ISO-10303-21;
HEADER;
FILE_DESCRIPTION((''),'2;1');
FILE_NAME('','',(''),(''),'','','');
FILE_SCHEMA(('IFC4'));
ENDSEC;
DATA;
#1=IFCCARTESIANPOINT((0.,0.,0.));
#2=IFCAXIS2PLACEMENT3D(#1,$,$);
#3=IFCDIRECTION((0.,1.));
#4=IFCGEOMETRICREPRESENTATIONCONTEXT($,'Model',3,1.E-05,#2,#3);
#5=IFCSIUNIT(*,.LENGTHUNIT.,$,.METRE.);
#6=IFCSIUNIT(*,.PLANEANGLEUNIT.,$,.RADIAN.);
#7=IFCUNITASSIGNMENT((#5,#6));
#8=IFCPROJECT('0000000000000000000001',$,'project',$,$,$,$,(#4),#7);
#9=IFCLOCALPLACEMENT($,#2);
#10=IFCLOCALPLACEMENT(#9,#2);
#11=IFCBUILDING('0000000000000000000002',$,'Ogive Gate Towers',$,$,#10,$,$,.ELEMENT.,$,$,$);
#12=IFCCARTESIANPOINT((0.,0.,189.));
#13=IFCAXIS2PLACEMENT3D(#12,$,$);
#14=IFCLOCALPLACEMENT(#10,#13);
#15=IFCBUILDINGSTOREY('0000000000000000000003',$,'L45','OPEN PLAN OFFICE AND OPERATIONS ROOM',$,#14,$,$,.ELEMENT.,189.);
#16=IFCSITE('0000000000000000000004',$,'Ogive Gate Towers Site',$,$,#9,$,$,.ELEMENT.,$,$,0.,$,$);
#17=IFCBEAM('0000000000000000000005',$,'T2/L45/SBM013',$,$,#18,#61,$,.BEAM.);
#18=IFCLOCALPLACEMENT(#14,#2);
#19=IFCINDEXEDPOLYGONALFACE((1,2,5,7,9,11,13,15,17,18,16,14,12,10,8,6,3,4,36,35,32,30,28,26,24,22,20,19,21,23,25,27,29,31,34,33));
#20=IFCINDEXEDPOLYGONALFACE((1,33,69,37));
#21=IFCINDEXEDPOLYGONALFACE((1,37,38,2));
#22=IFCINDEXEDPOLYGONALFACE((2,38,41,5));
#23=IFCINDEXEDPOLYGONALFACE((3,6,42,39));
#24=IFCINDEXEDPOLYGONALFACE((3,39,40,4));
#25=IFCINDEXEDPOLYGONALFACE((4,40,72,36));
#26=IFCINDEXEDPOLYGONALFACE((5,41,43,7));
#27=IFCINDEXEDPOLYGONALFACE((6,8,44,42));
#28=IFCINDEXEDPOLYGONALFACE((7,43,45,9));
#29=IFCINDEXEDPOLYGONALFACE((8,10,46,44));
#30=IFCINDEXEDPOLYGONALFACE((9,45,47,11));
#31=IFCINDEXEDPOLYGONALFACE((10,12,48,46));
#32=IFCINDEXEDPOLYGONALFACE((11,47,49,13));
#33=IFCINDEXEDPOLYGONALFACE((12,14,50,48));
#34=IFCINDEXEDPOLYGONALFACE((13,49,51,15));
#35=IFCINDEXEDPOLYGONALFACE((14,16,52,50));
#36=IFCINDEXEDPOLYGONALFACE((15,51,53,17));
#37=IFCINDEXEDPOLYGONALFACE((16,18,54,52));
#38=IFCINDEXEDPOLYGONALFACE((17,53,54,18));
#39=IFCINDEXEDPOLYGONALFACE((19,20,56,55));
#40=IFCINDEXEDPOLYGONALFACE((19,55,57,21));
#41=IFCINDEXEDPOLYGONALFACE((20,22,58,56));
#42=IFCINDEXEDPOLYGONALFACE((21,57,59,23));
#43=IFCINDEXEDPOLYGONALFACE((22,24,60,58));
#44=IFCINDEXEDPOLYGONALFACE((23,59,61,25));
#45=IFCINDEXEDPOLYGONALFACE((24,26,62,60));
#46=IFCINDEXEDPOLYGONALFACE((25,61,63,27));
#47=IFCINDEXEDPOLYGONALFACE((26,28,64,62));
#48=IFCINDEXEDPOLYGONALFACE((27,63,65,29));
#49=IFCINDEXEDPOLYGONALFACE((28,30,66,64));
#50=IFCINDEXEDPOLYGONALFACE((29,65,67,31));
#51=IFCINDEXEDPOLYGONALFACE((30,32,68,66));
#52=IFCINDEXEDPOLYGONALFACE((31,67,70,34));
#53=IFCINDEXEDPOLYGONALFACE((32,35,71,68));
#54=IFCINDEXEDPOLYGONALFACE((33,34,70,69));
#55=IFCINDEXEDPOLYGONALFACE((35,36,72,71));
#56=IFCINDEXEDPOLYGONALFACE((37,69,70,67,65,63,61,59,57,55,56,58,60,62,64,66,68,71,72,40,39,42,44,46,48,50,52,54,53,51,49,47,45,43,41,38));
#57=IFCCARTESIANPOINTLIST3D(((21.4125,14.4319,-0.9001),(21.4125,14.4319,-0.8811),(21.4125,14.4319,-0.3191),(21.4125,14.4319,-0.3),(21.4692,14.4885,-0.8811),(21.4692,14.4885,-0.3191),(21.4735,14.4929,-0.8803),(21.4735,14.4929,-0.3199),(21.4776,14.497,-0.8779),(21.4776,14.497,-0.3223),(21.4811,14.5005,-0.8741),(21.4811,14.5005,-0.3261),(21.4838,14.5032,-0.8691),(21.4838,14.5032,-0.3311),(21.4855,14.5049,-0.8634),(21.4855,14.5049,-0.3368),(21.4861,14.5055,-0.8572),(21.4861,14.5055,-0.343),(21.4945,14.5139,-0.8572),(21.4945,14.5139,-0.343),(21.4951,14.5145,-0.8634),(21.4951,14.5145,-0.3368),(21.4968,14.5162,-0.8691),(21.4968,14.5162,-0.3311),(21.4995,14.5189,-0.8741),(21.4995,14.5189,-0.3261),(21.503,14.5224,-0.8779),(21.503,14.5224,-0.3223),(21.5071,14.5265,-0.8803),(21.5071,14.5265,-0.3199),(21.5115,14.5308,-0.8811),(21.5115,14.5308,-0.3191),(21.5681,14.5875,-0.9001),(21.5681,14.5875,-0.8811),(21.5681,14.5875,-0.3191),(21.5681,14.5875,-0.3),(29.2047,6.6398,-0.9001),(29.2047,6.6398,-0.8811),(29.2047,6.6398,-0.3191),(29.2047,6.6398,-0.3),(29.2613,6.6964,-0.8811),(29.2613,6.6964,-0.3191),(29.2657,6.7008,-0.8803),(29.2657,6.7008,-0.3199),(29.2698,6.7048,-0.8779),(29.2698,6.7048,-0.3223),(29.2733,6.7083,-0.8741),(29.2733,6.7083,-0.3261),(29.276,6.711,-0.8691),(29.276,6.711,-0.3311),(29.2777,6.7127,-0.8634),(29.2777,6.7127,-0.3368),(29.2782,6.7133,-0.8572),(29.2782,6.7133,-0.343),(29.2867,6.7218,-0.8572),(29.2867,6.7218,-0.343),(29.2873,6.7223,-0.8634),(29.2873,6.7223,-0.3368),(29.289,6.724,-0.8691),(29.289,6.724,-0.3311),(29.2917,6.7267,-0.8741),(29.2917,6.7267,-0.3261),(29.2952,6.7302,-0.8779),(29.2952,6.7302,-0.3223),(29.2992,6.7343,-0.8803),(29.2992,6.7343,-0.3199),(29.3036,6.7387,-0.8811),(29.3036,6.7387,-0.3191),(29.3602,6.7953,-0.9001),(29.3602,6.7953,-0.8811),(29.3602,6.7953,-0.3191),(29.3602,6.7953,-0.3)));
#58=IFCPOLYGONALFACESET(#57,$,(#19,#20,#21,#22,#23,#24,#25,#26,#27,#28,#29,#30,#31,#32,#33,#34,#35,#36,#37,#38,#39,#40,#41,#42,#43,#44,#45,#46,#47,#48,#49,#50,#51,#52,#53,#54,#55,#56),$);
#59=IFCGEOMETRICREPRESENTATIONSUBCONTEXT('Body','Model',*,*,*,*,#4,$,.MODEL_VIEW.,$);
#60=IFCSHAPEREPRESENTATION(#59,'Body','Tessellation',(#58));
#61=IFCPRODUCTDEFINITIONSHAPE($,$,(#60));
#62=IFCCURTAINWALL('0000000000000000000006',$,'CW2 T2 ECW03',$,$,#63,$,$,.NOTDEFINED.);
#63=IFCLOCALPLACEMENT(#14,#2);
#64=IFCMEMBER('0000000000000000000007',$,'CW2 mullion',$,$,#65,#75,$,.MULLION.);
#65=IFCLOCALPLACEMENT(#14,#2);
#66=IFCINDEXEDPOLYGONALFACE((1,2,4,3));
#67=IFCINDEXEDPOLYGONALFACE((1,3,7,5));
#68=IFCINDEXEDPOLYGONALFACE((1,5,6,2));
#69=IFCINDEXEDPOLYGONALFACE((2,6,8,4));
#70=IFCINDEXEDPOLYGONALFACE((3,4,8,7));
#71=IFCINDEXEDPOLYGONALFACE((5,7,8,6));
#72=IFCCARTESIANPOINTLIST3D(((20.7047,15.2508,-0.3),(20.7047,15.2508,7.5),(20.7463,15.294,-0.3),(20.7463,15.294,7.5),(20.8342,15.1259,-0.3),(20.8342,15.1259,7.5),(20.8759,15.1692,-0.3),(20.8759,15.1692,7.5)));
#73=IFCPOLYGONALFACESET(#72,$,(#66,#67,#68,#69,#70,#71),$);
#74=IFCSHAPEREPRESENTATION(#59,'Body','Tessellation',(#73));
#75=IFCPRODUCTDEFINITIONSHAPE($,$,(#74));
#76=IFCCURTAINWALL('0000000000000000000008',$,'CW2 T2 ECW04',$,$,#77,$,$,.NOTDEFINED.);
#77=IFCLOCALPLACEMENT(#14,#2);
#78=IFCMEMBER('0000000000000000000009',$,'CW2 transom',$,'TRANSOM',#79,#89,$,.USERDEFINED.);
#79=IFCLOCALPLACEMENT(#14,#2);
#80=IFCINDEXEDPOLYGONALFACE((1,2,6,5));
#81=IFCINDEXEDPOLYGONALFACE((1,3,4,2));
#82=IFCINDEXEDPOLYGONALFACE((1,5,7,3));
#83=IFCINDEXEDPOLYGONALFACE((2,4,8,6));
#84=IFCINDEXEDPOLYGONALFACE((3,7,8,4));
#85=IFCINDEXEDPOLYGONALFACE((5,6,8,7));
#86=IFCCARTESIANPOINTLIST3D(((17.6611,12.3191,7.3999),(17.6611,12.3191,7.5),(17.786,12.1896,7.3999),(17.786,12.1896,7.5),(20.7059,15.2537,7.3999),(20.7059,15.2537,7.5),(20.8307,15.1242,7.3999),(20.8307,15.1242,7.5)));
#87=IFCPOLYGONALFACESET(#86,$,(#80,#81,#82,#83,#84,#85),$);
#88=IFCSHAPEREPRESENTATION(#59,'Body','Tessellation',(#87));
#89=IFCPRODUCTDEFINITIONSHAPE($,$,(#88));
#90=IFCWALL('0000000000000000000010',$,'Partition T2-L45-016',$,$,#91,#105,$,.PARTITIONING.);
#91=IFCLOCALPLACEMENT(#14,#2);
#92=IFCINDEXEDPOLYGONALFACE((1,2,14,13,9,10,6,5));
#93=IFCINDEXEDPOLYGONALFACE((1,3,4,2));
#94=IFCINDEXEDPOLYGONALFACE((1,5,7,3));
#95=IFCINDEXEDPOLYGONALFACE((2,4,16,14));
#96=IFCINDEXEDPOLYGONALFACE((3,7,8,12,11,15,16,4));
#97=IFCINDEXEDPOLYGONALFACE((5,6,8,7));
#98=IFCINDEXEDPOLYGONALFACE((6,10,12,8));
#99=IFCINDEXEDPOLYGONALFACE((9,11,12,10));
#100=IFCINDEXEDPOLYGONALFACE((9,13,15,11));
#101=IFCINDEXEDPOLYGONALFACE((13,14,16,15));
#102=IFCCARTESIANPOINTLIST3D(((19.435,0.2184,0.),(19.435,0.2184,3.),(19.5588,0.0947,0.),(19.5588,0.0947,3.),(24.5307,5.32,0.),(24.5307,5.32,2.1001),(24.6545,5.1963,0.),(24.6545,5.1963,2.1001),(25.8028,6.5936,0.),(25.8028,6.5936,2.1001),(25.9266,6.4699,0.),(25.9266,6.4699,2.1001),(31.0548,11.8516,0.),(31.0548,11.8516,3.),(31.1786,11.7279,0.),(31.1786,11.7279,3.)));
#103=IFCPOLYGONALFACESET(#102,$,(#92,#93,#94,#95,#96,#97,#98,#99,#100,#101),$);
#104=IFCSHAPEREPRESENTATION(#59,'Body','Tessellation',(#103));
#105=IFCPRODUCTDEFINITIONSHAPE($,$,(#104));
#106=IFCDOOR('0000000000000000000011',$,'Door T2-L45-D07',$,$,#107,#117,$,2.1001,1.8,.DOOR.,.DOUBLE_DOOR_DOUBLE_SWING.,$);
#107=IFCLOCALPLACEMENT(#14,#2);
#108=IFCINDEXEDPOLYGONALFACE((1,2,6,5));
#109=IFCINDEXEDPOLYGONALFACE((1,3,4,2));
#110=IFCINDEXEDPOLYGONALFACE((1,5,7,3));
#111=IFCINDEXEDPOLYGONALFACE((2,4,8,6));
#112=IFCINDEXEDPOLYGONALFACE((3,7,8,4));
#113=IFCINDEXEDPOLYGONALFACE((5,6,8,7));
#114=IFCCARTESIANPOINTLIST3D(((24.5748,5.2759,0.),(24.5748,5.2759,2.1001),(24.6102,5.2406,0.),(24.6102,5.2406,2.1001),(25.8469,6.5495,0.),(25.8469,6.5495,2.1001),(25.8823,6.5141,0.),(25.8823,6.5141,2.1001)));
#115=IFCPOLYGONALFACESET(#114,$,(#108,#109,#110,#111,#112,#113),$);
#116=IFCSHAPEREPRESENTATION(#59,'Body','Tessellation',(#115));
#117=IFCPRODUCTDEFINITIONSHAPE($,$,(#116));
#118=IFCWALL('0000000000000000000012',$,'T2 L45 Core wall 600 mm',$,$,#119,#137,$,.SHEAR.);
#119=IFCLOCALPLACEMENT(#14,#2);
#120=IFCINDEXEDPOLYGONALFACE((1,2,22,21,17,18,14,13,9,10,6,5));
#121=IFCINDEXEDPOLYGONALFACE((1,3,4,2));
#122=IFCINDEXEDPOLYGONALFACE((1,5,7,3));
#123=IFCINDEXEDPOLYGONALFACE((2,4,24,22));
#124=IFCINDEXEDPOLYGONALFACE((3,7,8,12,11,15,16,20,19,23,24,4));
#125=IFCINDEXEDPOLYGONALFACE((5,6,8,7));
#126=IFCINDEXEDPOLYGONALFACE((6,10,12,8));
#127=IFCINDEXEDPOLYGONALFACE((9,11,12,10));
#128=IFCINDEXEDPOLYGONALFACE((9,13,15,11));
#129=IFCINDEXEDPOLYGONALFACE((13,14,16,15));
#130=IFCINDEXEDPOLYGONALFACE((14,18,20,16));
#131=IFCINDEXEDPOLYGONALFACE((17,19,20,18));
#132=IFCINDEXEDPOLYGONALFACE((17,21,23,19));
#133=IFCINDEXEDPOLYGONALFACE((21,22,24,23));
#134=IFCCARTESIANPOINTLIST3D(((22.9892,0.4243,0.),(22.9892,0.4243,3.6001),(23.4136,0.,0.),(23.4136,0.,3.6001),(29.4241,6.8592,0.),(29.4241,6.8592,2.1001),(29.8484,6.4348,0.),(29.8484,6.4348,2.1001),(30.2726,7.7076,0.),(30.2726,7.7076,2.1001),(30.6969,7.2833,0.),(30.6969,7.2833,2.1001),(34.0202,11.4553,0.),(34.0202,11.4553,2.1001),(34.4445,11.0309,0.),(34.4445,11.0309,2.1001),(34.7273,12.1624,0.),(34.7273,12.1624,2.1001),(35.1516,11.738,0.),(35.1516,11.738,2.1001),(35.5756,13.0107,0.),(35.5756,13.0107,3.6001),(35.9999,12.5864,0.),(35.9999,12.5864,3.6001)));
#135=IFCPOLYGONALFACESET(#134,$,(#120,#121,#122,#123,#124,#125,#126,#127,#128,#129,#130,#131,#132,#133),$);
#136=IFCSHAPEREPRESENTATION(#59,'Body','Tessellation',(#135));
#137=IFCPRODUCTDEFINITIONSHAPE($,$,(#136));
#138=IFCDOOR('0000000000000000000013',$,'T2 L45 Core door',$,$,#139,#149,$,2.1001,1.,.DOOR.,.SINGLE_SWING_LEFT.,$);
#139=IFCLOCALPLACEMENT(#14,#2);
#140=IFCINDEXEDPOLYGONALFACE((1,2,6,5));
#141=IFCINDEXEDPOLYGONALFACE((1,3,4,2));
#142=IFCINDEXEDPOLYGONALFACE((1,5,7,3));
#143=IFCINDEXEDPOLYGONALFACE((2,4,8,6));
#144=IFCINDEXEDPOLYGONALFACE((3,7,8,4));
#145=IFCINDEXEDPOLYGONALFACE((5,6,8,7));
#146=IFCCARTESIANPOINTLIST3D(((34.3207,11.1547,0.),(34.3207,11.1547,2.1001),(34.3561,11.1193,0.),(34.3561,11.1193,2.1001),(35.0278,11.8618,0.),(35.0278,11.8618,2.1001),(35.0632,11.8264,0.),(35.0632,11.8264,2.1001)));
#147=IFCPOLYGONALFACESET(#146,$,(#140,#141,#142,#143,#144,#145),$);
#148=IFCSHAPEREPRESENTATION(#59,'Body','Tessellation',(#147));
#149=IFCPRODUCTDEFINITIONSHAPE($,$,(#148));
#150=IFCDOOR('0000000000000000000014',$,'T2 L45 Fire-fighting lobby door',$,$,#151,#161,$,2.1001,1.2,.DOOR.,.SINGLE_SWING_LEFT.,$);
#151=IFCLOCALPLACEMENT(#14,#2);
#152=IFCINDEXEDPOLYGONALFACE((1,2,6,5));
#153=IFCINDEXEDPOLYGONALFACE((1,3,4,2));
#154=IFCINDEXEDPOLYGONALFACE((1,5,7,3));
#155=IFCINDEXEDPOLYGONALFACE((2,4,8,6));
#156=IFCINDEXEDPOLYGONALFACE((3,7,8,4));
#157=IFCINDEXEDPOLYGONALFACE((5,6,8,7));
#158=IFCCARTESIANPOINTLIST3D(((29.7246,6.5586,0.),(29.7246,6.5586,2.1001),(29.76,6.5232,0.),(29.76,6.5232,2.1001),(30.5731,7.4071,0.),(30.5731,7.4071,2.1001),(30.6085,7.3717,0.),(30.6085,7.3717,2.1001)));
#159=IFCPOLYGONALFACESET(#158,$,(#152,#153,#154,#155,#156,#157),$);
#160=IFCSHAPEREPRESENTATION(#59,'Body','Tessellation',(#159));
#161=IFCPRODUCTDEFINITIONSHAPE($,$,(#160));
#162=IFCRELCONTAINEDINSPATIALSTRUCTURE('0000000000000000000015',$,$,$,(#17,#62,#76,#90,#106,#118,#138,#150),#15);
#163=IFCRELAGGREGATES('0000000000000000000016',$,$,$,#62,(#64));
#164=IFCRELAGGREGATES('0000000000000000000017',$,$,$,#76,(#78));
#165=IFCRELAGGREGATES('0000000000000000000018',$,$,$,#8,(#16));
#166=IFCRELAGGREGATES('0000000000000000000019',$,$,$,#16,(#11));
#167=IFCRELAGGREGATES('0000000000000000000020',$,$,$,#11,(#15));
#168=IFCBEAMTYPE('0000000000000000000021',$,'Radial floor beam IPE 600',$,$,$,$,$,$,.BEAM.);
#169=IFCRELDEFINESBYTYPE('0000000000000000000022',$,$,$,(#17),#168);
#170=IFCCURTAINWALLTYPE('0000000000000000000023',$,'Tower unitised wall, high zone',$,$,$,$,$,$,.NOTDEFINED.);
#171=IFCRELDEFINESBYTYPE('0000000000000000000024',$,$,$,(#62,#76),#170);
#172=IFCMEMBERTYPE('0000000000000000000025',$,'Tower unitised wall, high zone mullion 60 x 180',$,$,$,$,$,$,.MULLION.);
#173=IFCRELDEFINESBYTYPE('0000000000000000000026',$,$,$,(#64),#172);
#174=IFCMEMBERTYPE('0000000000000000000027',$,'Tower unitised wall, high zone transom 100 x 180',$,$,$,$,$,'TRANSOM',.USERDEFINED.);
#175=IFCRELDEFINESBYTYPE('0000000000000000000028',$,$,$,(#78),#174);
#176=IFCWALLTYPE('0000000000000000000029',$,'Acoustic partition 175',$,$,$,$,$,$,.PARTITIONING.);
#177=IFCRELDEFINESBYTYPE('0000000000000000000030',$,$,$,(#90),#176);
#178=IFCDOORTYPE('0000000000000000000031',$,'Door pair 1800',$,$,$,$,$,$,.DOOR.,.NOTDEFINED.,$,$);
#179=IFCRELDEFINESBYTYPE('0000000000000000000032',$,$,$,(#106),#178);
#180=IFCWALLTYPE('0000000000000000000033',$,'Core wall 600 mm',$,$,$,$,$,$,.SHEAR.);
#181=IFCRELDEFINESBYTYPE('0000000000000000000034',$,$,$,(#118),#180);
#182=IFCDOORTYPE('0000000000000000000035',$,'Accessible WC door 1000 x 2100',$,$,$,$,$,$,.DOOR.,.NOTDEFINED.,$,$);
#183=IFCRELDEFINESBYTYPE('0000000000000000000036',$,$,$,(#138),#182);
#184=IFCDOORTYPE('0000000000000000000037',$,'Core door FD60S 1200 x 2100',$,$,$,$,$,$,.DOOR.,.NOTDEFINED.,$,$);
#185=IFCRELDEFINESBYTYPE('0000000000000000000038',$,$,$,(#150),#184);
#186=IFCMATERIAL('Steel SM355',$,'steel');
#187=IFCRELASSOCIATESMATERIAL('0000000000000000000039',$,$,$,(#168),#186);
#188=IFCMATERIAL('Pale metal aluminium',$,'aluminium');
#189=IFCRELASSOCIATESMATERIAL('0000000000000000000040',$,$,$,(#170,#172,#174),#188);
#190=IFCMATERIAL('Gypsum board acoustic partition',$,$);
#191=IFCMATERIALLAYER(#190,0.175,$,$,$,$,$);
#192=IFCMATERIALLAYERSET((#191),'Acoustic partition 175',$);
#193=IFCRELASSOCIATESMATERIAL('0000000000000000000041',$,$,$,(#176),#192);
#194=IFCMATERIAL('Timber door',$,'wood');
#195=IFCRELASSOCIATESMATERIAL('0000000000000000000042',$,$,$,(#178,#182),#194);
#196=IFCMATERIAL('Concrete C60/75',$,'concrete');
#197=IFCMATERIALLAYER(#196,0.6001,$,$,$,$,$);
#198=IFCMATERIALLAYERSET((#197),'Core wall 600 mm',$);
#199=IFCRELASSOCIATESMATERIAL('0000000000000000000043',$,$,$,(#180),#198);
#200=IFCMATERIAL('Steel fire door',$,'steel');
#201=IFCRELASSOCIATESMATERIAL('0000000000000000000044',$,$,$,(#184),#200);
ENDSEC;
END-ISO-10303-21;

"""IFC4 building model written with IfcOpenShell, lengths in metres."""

from ifc_helpers import new_model, si_unit, direction, frame, frame_2d, origin, origin_2d, place, context, subcontext, project, spatial, rectangle, i_section, extrude, material, layer, layer_set, material_profile, profile_set, type_object, element, fill, aggregate, save


model = new_model("IFC4")

# Units and contexts
model_context = context("Model", 3, precision=1e-05, world=origin(), true_north=direction((0.0, 1.0)))
body_context = subcontext(model_context, "Body", "Model", "MODEL_VIEW")
ifc_project = project(units=[si_unit("LENGTHUNIT", "METRE"), si_unit("PLANEANGLEUNIT", "RADIAN")], contexts=[model_context])

# Site, building, storey
site_placement = place(None, origin())
site = spatial("IfcSite", under=ifc_project, at=site_placement, Name="Ogive Gate Towers Site", CompositionType="ELEMENT", RefElevation=0.0)
building_placement = place(site_placement, origin())
building = spatial("IfcBuilding", under=site, at=building_placement, Name="Ogive Gate Towers", CompositionType="ELEMENT")
storey_placement = place(building_placement, frame((0.0, 0.0, 189.0)))
storey = spatial("IfcBuildingStorey", under=building, at=storey_placement, Name="L45", Description="OPEN PLAN OFFICE AND OPERATIONS ROOM", CompositionType="ELEMENT", Elevation=189.0)

# Beam
ifc_material_1 = material(Name="Steel SM355", Category="steel")
ifc_material_profile_1 = material_profile(ifc_material_1, i_section(OverallWidth=0.22, OverallDepth=0.6001, WebThickness=0.012, FlangeThickness=0.019, FilletRadius=0.0239, at=origin_2d()), Name="IPE 600")
ifc_profile_set_1 = profile_set([ifc_material_profile_1], Name="Steel SM355")
beam_type_1 = type_object("IfcBeamType", Name="Radial floor beam IPE 600", PredefinedType="BEAM", material=ifc_profile_set_1)
beam_1_placement = place(storey_placement, frame((29.2825, 6.7175, -0.6001), z_axis=(-0.707107, 0.707107, 0.0), x_axis=(-0.707107, -0.707107, 0.0)))
element("IfcBeam", 1, at=beam_1_placement, inside=storey, type_object=beam_type_1, Name="T2/L45/SBM013", PredefinedType="BEAM", context=body_context, shape_type="SweptSolid", body=[
    extrude(i_section(OverallWidth=0.22, OverallDepth=0.6001, WebThickness=0.012, FlangeThickness=0.019, FilletRadius=0.0239, at=origin_2d()), origin(), (0.0, 0.0, 1.0), 11.0198),
])

# Curtain walls, members
ifc_material_2 = material(Name="Pale metal aluminium", Category="aluminium")
curtain_wall_type = type_object("IfcCurtainWallType", Name="Tower unitised wall, high zone", PredefinedType="NOTDEFINED", material=ifc_material_2)
curtain_wall_1_placement = place(storey_placement, origin())
curtain_wall_1 = element("IfcCurtainWall", 2, at=curtain_wall_1_placement, inside=storey, type_object=curtain_wall_type, Name="CW2 T2 ECW03", PredefinedType="NOTDEFINED")
ifc_material_profile_2 = material_profile(ifc_material_2, rectangle(XDim=0.1799, YDim=0.0601, at=origin_2d()), Name="60 x 180 aluminium box")
ifc_profile_set_2 = profile_set([ifc_material_profile_2], Name="Pale metal aluminium")
member_type_1 = type_object("IfcMemberType", Name="Tower unitised wall, high zone mullion 60 x 180", PredefinedType="MULLION", material=ifc_profile_set_2)
member_1_placement = place(storey_placement, frame((20.7903, 15.21, -0.3), z_axis=(0.0, 0.0, 1.0), x_axis=(-0.720031, 0.693942, 0.0)))
member_1 = element("IfcMember", 3, at=member_1_placement, type_object=member_type_1, Name="CW2 mullion", PredefinedType="MULLION", context=body_context, shape_type="SweptSolid", body=[
    extrude(rectangle(XDim=0.1799, YDim=0.0601, at=origin_2d()), origin(), (0.0, 0.0, 1.0), 7.8),
])
aggregate(curtain_wall_1, [member_1])
curtain_wall_2_placement = place(storey_placement, origin())
curtain_wall_2 = element("IfcCurtainWall", 4, at=curtain_wall_2_placement, inside=storey, type_object=curtain_wall_type, Name="CW2 T2 ECW04", PredefinedType="NOTDEFINED")
ifc_material_profile_3 = material_profile(ifc_material_2, rectangle(XDim=0.1799, YDim=0.1001, at=origin_2d()), Name="100 x 180 aluminium box")
ifc_profile_set_3 = profile_set([ifc_material_profile_3], Name="Pale metal aluminium")
member_type_2 = type_object("IfcMemberType", Name="Tower unitised wall, high zone transom 100 x 180", ElementType="TRANSOM", PredefinedType="USERDEFINED", material=ifc_profile_set_3)
member_2_placement = place(storey_placement, frame((20.7683, 15.189, 7.45), z_axis=(-0.720006, -0.693968, 0.0), x_axis=(0.693968, -0.720006, 0.0)))
member_2 = element("IfcMember", 5, at=member_2_placement, type_object=member_type_2, Name="CW2 transom", ObjectType="TRANSOM", PredefinedType="USERDEFINED", context=body_context, shape_type="SweptSolid", body=[
    extrude(rectangle(XDim=0.1799, YDim=0.1001, at=origin_2d()), origin(), (0.0, 0.0, 1.0), 4.2288),
])
aggregate(curtain_wall_2, [member_2])

# Wall, opening, door
ifc_material_3 = material(Name="Gypsum board acoustic partition")
ifc_layer_1 = layer(ifc_material_3, 0.175)
ifc_layer_set_1 = layer_set([ifc_layer_1], Name="Acoustic partition 175")
wall_type_1 = type_object("IfcWallType", Name="Acoustic partition 175", PredefinedType="PARTITIONING", material=ifc_layer_set_1)
wall_1_placement = place(storey_placement, frame((31.1167, 11.7898, 0.0), z_axis=(0.0, 0.0, 1.0), x_axis=(-0.706698, -0.707515, 0.0)))
wall_1 = element("IfcWall", 6, at=wall_1_placement, inside=storey, type_object=wall_type_1, Name="Partition T2-L45-016", PredefinedType="PARTITIONING", context=body_context, shape_type="SweptSolid", body=[
    extrude(rectangle(XDim=16.4424, YDim=0.175, at=frame_2d((8.2212, 0.0))), origin(), (0.0, 0.0, 1.0), 3.0),
])
opening_1_placement = place(wall_1_placement, frame((7.4319, 0.0, 0.0)))
opening_1 = element("IfcOpeningElement", 7, at=opening_1_placement, cuts=wall_1, PredefinedType="OPENING", context=body_context, shape_type="SweptSolid", body=[
    extrude(rectangle(XDim=1.8, YDim=2.1001, at=frame_2d((0.8999, 1.05))), frame((0.0, 0.0977, 0.0), z_axis=(0.0, -1.0, 0.0), x_axis=(1.0, 0.0, 0.0)), (0.0, 0.0, 1.0), 0.1951),
])
ifc_material_4 = material(Name="Timber door", Category="wood")
door_type_1 = type_object("IfcDoorType", Name="Door pair 1800", OperationType="NOTDEFINED", PredefinedType="DOOR", material=ifc_material_4)
door_1_placement = place(opening_1_placement, origin())
door_1 = element("IfcDoor", 8, at=door_1_placement, inside=storey, type_object=door_type_1, Name="Door T2-L45-D07", OperationType="DOUBLE_DOOR_DOUBLE_SWING", OverallHeight=2.1001, OverallWidth=1.8, PredefinedType="DOOR", context=body_context, shape_type="SweptSolid", body=[
    extrude(rectangle(XDim=1.8, YDim=2.1001, at=frame_2d((0.8999, 1.05))), frame((0.0, 0.0249, 0.0), z_axis=(0.0, -1.0, 0.0), x_axis=(1.0, 0.0, 0.0)), (0.0, 0.0, 1.0), 0.05),
])
fill(opening_1, door_1)

# Wall, openings, doors
ifc_material_5 = material(Name="Concrete C60/75", Category="concrete")
ifc_layer_2 = layer(ifc_material_5, 0.6001)
ifc_layer_set_2 = layer_set([ifc_layer_2], Name="Core wall 600 mm")
wall_type_2 = type_object("IfcWallType", Name="Core wall 600 mm", PredefinedType="SHEAR", material=ifc_layer_set_2)
wall_2_placement = place(storey_placement, frame((23.2014, 0.2122, 0.0), z_axis=(0.0, 0.0, 1.0), x_axis=(0.707107, 0.707107, 0.0)))
wall_2 = element("IfcWall", 9, at=wall_2_placement, inside=storey, type_object=wall_type_2, Name="T2 L45 Core wall 600 mm", PredefinedType="SHEAR", context=body_context, shape_type="SweptSolid", body=[
    extrude(rectangle(XDim=17.7998, YDim=0.6001, at=frame_2d((8.8999, 0.0))), origin(), (0.0, 0.0, 1.0), 3.6001),
])
opening_2_placement = place(wall_2_placement, frame((9.1001, 0.0, 0.0)))
opening_2 = element("IfcOpeningElement", 10, at=opening_2_placement, cuts=wall_2, PredefinedType="OPENING", context=body_context, shape_type="SweptSolid", body=[
    extrude(rectangle(XDim=1.2, YDim=2.1001, at=frame_2d((0.6001, 1.05))), frame((0.0, 0.3101, 0.0), z_axis=(0.0, -1.0, 0.0), x_axis=(1.0, 0.0, 0.0)), (0.0, 0.0, 1.0), 0.6201),
])
opening_3_placement = place(wall_2_placement, frame((15.6001, 0.0, 0.0)))
opening_3 = element("IfcOpeningElement", 11, at=opening_3_placement, cuts=wall_2, PredefinedType="OPENING", context=body_context, shape_type="SweptSolid", body=[
    extrude(rectangle(XDim=1.0, YDim=2.1001, at=frame_2d((0.5, 1.05))), frame((0.0, 0.3101, 0.0), z_axis=(0.0, -1.0, 0.0), x_axis=(1.0, 0.0, 0.0)), (0.0, 0.0, 1.0), 0.6201),
])
door_type_2 = type_object("IfcDoorType", Name="Accessible WC door 1000 x 2100", OperationType="NOTDEFINED", PredefinedType="DOOR", material=ifc_material_4)
door_2_placement = place(opening_3_placement, origin())
door_2 = element("IfcDoor", 12, at=door_2_placement, inside=storey, type_object=door_type_2, Name="T2 L45 Core door", OperationType="SINGLE_SWING_LEFT", OverallHeight=2.1001, OverallWidth=1.0, PredefinedType="DOOR", context=body_context, shape_type="SweptSolid", body=[
    extrude(rectangle(XDim=1.0, YDim=2.1001, at=frame_2d((0.5, 1.05))), frame((0.0, -0.125, 0.0), z_axis=(0.0, -1.0, 0.0), x_axis=(1.0, 0.0, 0.0)), (0.0, 0.0, 1.0), 0.05),
])
fill(opening_3, door_2)
ifc_material_6 = material(Name="Steel fire door", Category="steel")
door_type_3 = type_object("IfcDoorType", Name="Core door FD60S 1200 x 2100", OperationType="NOTDEFINED", PredefinedType="DOOR", material=ifc_material_6)
door_3_placement = place(opening_2_placement, origin())
door_3 = element("IfcDoor", 13, at=door_3_placement, inside=storey, type_object=door_type_3, Name="T2 L45 Fire-fighting lobby door", OperationType="SINGLE_SWING_LEFT", OverallHeight=2.1001, OverallWidth=1.2, PredefinedType="DOOR", context=body_context, shape_type="SweptSolid", body=[
    extrude(rectangle(XDim=1.2, YDim=2.1001, at=frame_2d((0.6001, 1.05))), frame((0.0, -0.125, 0.0), z_axis=(0.0, -1.0, 0.0), x_axis=(1.0, 0.0, 0.0)), (0.0, 0.0, 1.0), 0.05),
])
fill(opening_2, door_3)

save(model, "model.ifc")
